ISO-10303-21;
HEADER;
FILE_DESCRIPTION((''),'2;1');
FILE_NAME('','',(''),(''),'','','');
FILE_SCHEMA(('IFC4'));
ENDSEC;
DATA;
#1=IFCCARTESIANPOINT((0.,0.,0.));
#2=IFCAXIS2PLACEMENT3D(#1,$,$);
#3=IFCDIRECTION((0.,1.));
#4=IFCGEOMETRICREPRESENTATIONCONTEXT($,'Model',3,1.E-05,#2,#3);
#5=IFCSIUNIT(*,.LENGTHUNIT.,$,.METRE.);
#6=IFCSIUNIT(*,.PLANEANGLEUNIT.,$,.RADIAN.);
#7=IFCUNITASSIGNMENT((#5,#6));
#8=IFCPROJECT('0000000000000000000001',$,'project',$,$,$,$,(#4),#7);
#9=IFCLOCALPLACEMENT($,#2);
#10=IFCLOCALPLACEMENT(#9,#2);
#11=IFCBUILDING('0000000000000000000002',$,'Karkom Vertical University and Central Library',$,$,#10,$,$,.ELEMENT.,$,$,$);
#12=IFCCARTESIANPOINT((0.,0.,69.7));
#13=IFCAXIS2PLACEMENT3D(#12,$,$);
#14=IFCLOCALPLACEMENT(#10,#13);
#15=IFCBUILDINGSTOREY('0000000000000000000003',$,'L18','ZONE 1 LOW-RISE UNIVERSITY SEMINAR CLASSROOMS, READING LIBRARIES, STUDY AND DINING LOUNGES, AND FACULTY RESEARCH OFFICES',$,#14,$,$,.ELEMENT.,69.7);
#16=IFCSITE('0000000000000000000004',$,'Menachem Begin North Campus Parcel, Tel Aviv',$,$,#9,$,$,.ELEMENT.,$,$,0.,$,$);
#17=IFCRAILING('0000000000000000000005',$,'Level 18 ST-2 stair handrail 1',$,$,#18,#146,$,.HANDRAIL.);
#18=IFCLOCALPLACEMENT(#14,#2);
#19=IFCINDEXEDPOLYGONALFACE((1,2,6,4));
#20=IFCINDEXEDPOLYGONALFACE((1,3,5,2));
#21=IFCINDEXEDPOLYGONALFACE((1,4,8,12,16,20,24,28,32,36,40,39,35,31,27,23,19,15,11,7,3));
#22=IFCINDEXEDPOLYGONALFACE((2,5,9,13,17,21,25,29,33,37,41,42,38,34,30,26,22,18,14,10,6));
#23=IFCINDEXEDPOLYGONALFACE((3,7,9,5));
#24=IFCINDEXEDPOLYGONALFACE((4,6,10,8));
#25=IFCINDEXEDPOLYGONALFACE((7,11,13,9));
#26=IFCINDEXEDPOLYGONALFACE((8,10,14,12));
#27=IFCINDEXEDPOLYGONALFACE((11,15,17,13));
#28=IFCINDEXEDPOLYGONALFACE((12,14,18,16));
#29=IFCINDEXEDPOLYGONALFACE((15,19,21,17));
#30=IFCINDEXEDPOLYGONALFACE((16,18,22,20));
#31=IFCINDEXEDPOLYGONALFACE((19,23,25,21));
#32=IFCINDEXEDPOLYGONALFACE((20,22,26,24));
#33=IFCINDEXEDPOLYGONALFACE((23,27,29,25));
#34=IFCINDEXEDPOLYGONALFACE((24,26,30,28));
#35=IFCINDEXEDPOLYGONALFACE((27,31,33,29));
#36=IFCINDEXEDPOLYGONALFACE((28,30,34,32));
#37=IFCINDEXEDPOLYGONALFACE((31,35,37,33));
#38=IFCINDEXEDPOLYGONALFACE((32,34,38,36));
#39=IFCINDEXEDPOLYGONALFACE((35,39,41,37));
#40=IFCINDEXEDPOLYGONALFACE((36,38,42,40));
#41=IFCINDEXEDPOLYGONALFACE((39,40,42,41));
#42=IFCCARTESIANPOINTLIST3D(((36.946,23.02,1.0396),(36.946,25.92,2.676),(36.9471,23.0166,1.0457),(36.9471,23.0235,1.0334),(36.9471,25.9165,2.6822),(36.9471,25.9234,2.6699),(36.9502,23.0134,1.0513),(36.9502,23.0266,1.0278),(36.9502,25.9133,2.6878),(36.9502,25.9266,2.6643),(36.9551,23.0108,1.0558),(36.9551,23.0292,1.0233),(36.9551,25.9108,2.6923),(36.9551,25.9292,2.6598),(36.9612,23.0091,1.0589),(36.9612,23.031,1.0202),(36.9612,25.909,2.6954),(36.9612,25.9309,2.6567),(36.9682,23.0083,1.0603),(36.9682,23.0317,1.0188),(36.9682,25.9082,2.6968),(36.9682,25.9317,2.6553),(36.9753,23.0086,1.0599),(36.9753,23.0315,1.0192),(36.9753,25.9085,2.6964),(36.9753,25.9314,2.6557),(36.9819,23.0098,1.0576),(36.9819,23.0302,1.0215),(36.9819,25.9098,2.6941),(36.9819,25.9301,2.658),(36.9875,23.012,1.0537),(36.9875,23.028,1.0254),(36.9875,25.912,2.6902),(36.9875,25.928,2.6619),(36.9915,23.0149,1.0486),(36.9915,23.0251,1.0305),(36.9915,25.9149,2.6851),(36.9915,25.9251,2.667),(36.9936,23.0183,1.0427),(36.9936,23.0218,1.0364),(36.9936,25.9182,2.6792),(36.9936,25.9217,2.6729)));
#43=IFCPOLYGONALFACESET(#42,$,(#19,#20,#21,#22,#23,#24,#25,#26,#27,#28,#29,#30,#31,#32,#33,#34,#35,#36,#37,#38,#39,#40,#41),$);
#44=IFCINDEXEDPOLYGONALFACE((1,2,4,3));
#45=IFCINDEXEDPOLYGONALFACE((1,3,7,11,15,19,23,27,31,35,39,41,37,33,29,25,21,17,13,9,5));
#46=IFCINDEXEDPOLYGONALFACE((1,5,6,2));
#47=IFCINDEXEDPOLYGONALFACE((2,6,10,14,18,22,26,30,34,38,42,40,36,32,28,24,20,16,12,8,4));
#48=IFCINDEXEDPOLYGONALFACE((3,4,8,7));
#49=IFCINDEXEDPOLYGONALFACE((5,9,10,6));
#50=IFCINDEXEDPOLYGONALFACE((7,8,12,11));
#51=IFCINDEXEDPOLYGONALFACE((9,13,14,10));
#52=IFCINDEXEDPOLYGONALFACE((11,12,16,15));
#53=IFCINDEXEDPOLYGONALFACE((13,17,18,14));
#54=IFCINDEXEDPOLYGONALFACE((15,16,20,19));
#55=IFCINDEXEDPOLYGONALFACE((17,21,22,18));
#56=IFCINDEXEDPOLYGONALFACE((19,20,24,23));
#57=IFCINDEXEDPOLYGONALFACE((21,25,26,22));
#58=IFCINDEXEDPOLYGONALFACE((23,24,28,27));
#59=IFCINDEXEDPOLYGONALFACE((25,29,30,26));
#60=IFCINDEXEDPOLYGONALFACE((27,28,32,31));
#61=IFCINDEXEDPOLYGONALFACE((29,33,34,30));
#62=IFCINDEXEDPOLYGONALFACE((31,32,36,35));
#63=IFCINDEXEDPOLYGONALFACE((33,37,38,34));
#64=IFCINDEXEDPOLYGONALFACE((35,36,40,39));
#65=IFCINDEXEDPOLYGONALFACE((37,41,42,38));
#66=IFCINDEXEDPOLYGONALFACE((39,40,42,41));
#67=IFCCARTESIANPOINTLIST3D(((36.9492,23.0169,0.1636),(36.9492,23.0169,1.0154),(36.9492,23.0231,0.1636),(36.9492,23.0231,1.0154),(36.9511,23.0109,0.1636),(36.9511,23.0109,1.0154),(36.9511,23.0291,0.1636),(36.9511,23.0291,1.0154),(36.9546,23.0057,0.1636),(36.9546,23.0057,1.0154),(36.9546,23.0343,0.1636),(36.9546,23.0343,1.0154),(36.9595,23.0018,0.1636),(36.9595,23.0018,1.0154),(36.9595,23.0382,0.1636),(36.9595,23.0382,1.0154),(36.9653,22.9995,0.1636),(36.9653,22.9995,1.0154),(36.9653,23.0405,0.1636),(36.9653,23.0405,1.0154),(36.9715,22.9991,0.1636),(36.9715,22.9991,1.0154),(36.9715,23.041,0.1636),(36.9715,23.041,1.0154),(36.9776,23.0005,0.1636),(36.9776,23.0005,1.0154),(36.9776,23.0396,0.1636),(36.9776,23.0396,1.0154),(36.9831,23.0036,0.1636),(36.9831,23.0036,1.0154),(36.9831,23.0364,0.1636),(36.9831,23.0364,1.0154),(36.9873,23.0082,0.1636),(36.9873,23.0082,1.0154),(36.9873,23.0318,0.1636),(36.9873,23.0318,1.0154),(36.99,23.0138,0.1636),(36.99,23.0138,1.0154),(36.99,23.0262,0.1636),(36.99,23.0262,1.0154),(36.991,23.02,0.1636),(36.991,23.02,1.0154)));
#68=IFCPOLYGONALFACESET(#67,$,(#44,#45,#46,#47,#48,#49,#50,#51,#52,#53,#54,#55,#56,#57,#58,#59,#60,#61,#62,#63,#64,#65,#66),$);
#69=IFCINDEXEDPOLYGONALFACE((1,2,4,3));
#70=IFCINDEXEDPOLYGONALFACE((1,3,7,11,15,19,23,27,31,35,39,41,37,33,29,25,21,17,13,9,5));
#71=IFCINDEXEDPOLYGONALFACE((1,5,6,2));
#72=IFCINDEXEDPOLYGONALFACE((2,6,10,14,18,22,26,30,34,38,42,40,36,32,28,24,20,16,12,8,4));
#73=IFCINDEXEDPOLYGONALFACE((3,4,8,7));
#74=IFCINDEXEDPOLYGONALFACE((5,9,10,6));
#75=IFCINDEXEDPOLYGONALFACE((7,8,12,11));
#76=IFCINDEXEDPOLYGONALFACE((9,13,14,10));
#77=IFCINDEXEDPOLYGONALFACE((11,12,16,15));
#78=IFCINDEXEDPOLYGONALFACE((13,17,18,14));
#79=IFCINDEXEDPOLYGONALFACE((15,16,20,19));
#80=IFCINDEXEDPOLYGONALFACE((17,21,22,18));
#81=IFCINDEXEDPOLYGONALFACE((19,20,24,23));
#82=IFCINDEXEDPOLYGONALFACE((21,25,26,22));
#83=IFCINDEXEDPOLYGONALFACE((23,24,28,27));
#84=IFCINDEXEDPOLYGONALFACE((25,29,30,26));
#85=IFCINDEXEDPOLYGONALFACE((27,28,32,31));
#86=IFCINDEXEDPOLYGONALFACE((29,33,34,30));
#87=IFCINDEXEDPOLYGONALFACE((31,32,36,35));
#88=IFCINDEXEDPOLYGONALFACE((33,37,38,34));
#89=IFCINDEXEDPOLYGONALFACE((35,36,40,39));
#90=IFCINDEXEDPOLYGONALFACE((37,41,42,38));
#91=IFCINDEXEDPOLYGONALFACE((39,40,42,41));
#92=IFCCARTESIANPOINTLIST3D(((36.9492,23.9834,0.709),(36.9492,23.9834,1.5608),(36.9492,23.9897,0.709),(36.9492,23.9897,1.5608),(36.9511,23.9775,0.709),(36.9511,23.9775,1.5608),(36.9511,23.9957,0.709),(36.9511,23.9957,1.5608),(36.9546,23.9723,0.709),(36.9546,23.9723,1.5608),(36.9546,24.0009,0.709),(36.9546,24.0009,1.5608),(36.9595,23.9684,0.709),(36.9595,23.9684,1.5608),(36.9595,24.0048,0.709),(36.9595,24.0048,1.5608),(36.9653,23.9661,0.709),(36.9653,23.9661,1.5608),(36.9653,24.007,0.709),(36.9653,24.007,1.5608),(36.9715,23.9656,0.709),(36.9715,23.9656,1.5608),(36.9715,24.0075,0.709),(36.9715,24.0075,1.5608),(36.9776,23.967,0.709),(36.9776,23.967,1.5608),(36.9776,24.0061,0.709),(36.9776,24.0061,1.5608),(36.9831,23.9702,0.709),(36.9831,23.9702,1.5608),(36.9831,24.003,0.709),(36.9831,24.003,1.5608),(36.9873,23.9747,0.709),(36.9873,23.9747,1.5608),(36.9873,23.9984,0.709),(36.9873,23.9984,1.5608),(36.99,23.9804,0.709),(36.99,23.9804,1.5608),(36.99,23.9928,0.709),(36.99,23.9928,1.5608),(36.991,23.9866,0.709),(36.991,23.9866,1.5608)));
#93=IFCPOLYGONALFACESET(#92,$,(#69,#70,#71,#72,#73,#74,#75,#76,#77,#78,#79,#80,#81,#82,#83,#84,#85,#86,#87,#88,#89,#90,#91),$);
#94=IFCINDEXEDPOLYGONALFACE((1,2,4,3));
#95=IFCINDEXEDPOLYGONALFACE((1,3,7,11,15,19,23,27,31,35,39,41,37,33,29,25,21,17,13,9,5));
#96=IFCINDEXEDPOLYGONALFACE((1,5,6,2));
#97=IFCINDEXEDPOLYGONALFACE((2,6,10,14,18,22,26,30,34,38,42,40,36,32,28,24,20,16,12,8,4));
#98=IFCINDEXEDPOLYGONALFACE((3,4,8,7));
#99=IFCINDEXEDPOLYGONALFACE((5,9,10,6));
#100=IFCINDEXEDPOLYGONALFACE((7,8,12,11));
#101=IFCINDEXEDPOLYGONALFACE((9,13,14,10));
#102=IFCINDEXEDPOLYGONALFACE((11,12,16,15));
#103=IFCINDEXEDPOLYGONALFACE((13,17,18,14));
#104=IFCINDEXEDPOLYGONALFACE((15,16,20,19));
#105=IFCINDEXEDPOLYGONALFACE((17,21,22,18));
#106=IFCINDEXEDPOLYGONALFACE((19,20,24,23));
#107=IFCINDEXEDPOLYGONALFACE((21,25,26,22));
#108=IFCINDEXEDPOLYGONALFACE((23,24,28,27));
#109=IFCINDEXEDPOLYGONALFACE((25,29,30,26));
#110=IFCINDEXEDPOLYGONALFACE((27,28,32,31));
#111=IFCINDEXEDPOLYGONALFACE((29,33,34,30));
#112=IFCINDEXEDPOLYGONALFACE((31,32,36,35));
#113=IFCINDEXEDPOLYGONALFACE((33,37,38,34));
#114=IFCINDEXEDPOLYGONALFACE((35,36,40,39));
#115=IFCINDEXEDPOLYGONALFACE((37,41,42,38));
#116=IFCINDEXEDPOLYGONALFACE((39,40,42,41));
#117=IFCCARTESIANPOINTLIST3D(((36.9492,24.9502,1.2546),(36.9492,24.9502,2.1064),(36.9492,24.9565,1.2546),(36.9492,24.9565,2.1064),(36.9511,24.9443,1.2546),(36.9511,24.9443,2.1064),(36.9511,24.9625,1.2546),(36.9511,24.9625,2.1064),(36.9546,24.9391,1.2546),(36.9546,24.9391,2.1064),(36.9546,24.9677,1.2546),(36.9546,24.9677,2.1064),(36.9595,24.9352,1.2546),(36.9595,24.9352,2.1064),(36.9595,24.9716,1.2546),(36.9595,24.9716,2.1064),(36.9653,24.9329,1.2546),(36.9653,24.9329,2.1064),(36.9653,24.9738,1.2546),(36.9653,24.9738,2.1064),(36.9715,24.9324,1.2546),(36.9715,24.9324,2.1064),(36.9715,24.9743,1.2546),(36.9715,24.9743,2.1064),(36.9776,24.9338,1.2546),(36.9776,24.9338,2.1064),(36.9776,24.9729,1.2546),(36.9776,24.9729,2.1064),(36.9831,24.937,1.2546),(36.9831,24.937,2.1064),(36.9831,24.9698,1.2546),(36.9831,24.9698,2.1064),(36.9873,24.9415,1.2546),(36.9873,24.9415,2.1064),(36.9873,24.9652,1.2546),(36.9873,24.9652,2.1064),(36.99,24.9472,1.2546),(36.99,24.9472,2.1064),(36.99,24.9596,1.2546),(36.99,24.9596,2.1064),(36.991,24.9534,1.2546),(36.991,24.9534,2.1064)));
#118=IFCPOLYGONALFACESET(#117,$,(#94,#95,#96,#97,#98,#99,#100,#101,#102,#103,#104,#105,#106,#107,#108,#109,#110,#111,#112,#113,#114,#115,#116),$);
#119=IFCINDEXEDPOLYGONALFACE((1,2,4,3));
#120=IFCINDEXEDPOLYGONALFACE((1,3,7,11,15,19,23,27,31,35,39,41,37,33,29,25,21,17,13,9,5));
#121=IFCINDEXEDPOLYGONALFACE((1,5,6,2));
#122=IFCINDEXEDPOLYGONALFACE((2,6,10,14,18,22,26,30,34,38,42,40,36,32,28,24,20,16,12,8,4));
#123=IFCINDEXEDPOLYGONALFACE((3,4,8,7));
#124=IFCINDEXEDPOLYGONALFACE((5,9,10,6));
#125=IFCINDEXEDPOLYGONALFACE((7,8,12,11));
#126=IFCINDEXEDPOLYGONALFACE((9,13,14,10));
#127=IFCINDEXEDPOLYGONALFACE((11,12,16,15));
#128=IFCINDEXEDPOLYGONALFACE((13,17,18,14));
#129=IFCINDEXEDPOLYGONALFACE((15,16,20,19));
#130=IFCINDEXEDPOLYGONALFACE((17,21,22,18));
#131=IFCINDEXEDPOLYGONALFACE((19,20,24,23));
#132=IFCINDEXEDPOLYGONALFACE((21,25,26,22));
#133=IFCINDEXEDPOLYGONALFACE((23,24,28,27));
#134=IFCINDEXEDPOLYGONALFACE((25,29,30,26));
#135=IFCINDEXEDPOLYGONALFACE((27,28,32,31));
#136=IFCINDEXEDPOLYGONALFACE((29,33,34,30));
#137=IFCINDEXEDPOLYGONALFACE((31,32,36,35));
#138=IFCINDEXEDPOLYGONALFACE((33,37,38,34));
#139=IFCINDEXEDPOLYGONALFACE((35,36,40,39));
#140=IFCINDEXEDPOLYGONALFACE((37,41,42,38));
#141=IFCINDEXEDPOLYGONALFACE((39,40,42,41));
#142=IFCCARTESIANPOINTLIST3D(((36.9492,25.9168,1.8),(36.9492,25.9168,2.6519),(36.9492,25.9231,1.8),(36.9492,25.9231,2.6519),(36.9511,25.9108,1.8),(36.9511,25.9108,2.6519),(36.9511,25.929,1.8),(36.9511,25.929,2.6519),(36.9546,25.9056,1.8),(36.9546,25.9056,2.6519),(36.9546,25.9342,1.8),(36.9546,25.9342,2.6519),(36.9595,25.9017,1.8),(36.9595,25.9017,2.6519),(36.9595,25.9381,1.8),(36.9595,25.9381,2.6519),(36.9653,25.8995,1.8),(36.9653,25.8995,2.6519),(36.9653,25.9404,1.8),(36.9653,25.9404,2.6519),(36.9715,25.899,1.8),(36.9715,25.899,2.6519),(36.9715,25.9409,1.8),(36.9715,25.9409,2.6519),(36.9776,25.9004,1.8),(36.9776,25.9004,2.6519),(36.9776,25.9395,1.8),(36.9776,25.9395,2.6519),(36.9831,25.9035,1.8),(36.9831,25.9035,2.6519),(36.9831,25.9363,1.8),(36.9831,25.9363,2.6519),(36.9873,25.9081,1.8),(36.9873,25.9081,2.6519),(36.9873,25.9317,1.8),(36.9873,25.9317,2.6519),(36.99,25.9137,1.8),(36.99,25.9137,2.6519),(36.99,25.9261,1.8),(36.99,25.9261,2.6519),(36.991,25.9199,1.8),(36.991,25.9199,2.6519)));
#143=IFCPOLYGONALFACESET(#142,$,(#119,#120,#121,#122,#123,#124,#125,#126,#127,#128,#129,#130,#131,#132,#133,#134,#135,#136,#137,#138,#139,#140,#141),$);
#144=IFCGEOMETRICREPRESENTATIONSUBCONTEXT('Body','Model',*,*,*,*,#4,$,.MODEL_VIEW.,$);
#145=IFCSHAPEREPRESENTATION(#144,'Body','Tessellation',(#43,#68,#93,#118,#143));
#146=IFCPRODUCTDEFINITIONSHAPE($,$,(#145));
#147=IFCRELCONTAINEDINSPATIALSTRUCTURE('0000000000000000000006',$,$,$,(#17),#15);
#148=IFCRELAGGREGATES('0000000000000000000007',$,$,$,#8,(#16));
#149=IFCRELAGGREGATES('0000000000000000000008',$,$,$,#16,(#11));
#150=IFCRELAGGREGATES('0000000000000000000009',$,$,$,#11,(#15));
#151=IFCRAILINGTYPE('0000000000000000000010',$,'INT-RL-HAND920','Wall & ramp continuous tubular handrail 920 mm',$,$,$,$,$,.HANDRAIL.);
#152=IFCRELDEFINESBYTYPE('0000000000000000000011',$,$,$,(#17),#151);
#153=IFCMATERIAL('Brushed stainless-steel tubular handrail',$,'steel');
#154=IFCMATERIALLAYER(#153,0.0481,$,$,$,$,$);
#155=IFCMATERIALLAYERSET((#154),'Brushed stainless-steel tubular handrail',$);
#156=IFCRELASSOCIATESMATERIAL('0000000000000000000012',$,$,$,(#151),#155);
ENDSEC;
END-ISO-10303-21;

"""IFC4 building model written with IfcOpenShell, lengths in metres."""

from ifc_helpers import new_model, si_unit, direction, frame, origin, origin_2d, place, context, subcontext, project, spatial, circle, extrude, material, layer, layer_set, type_object, element, save


model = new_model("IFC4")

# Units and contexts
model_context = context("Model", 3, precision=1e-05, world=origin(), true_north=direction((0.0, 1.0)))
body_context = subcontext(model_context, "Body", "Model", "MODEL_VIEW")
ifc_project = project(units=[si_unit("LENGTHUNIT", "METRE"), si_unit("PLANEANGLEUNIT", "RADIAN")], contexts=[model_context])

# Site, building, storey
site_placement = place(None, origin())
site = spatial("IfcSite", under=ifc_project, at=site_placement, Name="Menachem Begin North Campus Parcel, Tel Aviv", CompositionType="ELEMENT", RefElevation=0.0)
building_placement = place(site_placement, origin())
building = spatial("IfcBuilding", under=site, at=building_placement, Name="Karkom Vertical University and Central Library", CompositionType="ELEMENT")
storey_placement = place(building_placement, frame((0.0, 0.0, 69.7)))
storey = spatial("IfcBuildingStorey", under=building, at=storey_placement, Name="L18", Description="ZONE 1 LOW-RISE UNIVERSITY SEMINAR CLASSROOMS, READING LIBRARIES, STUDY AND DINING LOUNGES, AND FACULTY RESEARCH OFFICES", CompositionType="ELEMENT", Elevation=69.7)

# Railing
ifc_material_1 = material(Name="Brushed stainless-steel tubular handrail", Category="steel")
ifc_layer_1 = layer(ifc_material_1, 0.0481)
ifc_layer_set_1 = layer_set([ifc_layer_1], Name="Brushed stainless-steel tubular handrail")
railing_type_1 = type_object("IfcRailingType", Name="INT-RL-HAND920", Description="Wall & ramp continuous tubular handrail 920 mm", PredefinedType="HANDRAIL", material=ifc_layer_set_1)
railing_1_placement = place(storey_placement, frame((36.97, 23.02, 0.1636)))
element("IfcRailing", 1, at=railing_1_placement, inside=storey, type_object=railing_type_1, Name="Level 18 ST-2 stair handrail 1", PredefinedType="HANDRAIL", context=body_context, shape_type="SweptSolid", body=[
    extrude(circle(Radius=0.0239, at=origin_2d()), frame((0.0, 0.0, 0.876), z_axis=(0.0, 0.870897, 0.491465), x_axis=(-1.0, 0.0, 0.0)), (0.0, 0.0, 1.0), 3.3298),
    extrude(circle(Radius=0.021, at=origin_2d()), origin(), (0.0, 0.0, 1.0), 0.8518),
    extrude(circle(Radius=0.021, at=origin_2d()), frame((0.0, 0.9666, 0.5454)), (0.0, 0.0, 1.0), 0.8518),
    extrude(circle(Radius=0.021, at=origin_2d()), frame((0.0, 1.9333, 1.0911)), (0.0, 0.0, 1.0), 0.8518),
    extrude(circle(Radius=0.021, at=origin_2d()), frame((0.0, 2.8999, 1.6365)), (0.0, 0.0, 1.0), 0.8518),
])

save(model, "model.ifc")
